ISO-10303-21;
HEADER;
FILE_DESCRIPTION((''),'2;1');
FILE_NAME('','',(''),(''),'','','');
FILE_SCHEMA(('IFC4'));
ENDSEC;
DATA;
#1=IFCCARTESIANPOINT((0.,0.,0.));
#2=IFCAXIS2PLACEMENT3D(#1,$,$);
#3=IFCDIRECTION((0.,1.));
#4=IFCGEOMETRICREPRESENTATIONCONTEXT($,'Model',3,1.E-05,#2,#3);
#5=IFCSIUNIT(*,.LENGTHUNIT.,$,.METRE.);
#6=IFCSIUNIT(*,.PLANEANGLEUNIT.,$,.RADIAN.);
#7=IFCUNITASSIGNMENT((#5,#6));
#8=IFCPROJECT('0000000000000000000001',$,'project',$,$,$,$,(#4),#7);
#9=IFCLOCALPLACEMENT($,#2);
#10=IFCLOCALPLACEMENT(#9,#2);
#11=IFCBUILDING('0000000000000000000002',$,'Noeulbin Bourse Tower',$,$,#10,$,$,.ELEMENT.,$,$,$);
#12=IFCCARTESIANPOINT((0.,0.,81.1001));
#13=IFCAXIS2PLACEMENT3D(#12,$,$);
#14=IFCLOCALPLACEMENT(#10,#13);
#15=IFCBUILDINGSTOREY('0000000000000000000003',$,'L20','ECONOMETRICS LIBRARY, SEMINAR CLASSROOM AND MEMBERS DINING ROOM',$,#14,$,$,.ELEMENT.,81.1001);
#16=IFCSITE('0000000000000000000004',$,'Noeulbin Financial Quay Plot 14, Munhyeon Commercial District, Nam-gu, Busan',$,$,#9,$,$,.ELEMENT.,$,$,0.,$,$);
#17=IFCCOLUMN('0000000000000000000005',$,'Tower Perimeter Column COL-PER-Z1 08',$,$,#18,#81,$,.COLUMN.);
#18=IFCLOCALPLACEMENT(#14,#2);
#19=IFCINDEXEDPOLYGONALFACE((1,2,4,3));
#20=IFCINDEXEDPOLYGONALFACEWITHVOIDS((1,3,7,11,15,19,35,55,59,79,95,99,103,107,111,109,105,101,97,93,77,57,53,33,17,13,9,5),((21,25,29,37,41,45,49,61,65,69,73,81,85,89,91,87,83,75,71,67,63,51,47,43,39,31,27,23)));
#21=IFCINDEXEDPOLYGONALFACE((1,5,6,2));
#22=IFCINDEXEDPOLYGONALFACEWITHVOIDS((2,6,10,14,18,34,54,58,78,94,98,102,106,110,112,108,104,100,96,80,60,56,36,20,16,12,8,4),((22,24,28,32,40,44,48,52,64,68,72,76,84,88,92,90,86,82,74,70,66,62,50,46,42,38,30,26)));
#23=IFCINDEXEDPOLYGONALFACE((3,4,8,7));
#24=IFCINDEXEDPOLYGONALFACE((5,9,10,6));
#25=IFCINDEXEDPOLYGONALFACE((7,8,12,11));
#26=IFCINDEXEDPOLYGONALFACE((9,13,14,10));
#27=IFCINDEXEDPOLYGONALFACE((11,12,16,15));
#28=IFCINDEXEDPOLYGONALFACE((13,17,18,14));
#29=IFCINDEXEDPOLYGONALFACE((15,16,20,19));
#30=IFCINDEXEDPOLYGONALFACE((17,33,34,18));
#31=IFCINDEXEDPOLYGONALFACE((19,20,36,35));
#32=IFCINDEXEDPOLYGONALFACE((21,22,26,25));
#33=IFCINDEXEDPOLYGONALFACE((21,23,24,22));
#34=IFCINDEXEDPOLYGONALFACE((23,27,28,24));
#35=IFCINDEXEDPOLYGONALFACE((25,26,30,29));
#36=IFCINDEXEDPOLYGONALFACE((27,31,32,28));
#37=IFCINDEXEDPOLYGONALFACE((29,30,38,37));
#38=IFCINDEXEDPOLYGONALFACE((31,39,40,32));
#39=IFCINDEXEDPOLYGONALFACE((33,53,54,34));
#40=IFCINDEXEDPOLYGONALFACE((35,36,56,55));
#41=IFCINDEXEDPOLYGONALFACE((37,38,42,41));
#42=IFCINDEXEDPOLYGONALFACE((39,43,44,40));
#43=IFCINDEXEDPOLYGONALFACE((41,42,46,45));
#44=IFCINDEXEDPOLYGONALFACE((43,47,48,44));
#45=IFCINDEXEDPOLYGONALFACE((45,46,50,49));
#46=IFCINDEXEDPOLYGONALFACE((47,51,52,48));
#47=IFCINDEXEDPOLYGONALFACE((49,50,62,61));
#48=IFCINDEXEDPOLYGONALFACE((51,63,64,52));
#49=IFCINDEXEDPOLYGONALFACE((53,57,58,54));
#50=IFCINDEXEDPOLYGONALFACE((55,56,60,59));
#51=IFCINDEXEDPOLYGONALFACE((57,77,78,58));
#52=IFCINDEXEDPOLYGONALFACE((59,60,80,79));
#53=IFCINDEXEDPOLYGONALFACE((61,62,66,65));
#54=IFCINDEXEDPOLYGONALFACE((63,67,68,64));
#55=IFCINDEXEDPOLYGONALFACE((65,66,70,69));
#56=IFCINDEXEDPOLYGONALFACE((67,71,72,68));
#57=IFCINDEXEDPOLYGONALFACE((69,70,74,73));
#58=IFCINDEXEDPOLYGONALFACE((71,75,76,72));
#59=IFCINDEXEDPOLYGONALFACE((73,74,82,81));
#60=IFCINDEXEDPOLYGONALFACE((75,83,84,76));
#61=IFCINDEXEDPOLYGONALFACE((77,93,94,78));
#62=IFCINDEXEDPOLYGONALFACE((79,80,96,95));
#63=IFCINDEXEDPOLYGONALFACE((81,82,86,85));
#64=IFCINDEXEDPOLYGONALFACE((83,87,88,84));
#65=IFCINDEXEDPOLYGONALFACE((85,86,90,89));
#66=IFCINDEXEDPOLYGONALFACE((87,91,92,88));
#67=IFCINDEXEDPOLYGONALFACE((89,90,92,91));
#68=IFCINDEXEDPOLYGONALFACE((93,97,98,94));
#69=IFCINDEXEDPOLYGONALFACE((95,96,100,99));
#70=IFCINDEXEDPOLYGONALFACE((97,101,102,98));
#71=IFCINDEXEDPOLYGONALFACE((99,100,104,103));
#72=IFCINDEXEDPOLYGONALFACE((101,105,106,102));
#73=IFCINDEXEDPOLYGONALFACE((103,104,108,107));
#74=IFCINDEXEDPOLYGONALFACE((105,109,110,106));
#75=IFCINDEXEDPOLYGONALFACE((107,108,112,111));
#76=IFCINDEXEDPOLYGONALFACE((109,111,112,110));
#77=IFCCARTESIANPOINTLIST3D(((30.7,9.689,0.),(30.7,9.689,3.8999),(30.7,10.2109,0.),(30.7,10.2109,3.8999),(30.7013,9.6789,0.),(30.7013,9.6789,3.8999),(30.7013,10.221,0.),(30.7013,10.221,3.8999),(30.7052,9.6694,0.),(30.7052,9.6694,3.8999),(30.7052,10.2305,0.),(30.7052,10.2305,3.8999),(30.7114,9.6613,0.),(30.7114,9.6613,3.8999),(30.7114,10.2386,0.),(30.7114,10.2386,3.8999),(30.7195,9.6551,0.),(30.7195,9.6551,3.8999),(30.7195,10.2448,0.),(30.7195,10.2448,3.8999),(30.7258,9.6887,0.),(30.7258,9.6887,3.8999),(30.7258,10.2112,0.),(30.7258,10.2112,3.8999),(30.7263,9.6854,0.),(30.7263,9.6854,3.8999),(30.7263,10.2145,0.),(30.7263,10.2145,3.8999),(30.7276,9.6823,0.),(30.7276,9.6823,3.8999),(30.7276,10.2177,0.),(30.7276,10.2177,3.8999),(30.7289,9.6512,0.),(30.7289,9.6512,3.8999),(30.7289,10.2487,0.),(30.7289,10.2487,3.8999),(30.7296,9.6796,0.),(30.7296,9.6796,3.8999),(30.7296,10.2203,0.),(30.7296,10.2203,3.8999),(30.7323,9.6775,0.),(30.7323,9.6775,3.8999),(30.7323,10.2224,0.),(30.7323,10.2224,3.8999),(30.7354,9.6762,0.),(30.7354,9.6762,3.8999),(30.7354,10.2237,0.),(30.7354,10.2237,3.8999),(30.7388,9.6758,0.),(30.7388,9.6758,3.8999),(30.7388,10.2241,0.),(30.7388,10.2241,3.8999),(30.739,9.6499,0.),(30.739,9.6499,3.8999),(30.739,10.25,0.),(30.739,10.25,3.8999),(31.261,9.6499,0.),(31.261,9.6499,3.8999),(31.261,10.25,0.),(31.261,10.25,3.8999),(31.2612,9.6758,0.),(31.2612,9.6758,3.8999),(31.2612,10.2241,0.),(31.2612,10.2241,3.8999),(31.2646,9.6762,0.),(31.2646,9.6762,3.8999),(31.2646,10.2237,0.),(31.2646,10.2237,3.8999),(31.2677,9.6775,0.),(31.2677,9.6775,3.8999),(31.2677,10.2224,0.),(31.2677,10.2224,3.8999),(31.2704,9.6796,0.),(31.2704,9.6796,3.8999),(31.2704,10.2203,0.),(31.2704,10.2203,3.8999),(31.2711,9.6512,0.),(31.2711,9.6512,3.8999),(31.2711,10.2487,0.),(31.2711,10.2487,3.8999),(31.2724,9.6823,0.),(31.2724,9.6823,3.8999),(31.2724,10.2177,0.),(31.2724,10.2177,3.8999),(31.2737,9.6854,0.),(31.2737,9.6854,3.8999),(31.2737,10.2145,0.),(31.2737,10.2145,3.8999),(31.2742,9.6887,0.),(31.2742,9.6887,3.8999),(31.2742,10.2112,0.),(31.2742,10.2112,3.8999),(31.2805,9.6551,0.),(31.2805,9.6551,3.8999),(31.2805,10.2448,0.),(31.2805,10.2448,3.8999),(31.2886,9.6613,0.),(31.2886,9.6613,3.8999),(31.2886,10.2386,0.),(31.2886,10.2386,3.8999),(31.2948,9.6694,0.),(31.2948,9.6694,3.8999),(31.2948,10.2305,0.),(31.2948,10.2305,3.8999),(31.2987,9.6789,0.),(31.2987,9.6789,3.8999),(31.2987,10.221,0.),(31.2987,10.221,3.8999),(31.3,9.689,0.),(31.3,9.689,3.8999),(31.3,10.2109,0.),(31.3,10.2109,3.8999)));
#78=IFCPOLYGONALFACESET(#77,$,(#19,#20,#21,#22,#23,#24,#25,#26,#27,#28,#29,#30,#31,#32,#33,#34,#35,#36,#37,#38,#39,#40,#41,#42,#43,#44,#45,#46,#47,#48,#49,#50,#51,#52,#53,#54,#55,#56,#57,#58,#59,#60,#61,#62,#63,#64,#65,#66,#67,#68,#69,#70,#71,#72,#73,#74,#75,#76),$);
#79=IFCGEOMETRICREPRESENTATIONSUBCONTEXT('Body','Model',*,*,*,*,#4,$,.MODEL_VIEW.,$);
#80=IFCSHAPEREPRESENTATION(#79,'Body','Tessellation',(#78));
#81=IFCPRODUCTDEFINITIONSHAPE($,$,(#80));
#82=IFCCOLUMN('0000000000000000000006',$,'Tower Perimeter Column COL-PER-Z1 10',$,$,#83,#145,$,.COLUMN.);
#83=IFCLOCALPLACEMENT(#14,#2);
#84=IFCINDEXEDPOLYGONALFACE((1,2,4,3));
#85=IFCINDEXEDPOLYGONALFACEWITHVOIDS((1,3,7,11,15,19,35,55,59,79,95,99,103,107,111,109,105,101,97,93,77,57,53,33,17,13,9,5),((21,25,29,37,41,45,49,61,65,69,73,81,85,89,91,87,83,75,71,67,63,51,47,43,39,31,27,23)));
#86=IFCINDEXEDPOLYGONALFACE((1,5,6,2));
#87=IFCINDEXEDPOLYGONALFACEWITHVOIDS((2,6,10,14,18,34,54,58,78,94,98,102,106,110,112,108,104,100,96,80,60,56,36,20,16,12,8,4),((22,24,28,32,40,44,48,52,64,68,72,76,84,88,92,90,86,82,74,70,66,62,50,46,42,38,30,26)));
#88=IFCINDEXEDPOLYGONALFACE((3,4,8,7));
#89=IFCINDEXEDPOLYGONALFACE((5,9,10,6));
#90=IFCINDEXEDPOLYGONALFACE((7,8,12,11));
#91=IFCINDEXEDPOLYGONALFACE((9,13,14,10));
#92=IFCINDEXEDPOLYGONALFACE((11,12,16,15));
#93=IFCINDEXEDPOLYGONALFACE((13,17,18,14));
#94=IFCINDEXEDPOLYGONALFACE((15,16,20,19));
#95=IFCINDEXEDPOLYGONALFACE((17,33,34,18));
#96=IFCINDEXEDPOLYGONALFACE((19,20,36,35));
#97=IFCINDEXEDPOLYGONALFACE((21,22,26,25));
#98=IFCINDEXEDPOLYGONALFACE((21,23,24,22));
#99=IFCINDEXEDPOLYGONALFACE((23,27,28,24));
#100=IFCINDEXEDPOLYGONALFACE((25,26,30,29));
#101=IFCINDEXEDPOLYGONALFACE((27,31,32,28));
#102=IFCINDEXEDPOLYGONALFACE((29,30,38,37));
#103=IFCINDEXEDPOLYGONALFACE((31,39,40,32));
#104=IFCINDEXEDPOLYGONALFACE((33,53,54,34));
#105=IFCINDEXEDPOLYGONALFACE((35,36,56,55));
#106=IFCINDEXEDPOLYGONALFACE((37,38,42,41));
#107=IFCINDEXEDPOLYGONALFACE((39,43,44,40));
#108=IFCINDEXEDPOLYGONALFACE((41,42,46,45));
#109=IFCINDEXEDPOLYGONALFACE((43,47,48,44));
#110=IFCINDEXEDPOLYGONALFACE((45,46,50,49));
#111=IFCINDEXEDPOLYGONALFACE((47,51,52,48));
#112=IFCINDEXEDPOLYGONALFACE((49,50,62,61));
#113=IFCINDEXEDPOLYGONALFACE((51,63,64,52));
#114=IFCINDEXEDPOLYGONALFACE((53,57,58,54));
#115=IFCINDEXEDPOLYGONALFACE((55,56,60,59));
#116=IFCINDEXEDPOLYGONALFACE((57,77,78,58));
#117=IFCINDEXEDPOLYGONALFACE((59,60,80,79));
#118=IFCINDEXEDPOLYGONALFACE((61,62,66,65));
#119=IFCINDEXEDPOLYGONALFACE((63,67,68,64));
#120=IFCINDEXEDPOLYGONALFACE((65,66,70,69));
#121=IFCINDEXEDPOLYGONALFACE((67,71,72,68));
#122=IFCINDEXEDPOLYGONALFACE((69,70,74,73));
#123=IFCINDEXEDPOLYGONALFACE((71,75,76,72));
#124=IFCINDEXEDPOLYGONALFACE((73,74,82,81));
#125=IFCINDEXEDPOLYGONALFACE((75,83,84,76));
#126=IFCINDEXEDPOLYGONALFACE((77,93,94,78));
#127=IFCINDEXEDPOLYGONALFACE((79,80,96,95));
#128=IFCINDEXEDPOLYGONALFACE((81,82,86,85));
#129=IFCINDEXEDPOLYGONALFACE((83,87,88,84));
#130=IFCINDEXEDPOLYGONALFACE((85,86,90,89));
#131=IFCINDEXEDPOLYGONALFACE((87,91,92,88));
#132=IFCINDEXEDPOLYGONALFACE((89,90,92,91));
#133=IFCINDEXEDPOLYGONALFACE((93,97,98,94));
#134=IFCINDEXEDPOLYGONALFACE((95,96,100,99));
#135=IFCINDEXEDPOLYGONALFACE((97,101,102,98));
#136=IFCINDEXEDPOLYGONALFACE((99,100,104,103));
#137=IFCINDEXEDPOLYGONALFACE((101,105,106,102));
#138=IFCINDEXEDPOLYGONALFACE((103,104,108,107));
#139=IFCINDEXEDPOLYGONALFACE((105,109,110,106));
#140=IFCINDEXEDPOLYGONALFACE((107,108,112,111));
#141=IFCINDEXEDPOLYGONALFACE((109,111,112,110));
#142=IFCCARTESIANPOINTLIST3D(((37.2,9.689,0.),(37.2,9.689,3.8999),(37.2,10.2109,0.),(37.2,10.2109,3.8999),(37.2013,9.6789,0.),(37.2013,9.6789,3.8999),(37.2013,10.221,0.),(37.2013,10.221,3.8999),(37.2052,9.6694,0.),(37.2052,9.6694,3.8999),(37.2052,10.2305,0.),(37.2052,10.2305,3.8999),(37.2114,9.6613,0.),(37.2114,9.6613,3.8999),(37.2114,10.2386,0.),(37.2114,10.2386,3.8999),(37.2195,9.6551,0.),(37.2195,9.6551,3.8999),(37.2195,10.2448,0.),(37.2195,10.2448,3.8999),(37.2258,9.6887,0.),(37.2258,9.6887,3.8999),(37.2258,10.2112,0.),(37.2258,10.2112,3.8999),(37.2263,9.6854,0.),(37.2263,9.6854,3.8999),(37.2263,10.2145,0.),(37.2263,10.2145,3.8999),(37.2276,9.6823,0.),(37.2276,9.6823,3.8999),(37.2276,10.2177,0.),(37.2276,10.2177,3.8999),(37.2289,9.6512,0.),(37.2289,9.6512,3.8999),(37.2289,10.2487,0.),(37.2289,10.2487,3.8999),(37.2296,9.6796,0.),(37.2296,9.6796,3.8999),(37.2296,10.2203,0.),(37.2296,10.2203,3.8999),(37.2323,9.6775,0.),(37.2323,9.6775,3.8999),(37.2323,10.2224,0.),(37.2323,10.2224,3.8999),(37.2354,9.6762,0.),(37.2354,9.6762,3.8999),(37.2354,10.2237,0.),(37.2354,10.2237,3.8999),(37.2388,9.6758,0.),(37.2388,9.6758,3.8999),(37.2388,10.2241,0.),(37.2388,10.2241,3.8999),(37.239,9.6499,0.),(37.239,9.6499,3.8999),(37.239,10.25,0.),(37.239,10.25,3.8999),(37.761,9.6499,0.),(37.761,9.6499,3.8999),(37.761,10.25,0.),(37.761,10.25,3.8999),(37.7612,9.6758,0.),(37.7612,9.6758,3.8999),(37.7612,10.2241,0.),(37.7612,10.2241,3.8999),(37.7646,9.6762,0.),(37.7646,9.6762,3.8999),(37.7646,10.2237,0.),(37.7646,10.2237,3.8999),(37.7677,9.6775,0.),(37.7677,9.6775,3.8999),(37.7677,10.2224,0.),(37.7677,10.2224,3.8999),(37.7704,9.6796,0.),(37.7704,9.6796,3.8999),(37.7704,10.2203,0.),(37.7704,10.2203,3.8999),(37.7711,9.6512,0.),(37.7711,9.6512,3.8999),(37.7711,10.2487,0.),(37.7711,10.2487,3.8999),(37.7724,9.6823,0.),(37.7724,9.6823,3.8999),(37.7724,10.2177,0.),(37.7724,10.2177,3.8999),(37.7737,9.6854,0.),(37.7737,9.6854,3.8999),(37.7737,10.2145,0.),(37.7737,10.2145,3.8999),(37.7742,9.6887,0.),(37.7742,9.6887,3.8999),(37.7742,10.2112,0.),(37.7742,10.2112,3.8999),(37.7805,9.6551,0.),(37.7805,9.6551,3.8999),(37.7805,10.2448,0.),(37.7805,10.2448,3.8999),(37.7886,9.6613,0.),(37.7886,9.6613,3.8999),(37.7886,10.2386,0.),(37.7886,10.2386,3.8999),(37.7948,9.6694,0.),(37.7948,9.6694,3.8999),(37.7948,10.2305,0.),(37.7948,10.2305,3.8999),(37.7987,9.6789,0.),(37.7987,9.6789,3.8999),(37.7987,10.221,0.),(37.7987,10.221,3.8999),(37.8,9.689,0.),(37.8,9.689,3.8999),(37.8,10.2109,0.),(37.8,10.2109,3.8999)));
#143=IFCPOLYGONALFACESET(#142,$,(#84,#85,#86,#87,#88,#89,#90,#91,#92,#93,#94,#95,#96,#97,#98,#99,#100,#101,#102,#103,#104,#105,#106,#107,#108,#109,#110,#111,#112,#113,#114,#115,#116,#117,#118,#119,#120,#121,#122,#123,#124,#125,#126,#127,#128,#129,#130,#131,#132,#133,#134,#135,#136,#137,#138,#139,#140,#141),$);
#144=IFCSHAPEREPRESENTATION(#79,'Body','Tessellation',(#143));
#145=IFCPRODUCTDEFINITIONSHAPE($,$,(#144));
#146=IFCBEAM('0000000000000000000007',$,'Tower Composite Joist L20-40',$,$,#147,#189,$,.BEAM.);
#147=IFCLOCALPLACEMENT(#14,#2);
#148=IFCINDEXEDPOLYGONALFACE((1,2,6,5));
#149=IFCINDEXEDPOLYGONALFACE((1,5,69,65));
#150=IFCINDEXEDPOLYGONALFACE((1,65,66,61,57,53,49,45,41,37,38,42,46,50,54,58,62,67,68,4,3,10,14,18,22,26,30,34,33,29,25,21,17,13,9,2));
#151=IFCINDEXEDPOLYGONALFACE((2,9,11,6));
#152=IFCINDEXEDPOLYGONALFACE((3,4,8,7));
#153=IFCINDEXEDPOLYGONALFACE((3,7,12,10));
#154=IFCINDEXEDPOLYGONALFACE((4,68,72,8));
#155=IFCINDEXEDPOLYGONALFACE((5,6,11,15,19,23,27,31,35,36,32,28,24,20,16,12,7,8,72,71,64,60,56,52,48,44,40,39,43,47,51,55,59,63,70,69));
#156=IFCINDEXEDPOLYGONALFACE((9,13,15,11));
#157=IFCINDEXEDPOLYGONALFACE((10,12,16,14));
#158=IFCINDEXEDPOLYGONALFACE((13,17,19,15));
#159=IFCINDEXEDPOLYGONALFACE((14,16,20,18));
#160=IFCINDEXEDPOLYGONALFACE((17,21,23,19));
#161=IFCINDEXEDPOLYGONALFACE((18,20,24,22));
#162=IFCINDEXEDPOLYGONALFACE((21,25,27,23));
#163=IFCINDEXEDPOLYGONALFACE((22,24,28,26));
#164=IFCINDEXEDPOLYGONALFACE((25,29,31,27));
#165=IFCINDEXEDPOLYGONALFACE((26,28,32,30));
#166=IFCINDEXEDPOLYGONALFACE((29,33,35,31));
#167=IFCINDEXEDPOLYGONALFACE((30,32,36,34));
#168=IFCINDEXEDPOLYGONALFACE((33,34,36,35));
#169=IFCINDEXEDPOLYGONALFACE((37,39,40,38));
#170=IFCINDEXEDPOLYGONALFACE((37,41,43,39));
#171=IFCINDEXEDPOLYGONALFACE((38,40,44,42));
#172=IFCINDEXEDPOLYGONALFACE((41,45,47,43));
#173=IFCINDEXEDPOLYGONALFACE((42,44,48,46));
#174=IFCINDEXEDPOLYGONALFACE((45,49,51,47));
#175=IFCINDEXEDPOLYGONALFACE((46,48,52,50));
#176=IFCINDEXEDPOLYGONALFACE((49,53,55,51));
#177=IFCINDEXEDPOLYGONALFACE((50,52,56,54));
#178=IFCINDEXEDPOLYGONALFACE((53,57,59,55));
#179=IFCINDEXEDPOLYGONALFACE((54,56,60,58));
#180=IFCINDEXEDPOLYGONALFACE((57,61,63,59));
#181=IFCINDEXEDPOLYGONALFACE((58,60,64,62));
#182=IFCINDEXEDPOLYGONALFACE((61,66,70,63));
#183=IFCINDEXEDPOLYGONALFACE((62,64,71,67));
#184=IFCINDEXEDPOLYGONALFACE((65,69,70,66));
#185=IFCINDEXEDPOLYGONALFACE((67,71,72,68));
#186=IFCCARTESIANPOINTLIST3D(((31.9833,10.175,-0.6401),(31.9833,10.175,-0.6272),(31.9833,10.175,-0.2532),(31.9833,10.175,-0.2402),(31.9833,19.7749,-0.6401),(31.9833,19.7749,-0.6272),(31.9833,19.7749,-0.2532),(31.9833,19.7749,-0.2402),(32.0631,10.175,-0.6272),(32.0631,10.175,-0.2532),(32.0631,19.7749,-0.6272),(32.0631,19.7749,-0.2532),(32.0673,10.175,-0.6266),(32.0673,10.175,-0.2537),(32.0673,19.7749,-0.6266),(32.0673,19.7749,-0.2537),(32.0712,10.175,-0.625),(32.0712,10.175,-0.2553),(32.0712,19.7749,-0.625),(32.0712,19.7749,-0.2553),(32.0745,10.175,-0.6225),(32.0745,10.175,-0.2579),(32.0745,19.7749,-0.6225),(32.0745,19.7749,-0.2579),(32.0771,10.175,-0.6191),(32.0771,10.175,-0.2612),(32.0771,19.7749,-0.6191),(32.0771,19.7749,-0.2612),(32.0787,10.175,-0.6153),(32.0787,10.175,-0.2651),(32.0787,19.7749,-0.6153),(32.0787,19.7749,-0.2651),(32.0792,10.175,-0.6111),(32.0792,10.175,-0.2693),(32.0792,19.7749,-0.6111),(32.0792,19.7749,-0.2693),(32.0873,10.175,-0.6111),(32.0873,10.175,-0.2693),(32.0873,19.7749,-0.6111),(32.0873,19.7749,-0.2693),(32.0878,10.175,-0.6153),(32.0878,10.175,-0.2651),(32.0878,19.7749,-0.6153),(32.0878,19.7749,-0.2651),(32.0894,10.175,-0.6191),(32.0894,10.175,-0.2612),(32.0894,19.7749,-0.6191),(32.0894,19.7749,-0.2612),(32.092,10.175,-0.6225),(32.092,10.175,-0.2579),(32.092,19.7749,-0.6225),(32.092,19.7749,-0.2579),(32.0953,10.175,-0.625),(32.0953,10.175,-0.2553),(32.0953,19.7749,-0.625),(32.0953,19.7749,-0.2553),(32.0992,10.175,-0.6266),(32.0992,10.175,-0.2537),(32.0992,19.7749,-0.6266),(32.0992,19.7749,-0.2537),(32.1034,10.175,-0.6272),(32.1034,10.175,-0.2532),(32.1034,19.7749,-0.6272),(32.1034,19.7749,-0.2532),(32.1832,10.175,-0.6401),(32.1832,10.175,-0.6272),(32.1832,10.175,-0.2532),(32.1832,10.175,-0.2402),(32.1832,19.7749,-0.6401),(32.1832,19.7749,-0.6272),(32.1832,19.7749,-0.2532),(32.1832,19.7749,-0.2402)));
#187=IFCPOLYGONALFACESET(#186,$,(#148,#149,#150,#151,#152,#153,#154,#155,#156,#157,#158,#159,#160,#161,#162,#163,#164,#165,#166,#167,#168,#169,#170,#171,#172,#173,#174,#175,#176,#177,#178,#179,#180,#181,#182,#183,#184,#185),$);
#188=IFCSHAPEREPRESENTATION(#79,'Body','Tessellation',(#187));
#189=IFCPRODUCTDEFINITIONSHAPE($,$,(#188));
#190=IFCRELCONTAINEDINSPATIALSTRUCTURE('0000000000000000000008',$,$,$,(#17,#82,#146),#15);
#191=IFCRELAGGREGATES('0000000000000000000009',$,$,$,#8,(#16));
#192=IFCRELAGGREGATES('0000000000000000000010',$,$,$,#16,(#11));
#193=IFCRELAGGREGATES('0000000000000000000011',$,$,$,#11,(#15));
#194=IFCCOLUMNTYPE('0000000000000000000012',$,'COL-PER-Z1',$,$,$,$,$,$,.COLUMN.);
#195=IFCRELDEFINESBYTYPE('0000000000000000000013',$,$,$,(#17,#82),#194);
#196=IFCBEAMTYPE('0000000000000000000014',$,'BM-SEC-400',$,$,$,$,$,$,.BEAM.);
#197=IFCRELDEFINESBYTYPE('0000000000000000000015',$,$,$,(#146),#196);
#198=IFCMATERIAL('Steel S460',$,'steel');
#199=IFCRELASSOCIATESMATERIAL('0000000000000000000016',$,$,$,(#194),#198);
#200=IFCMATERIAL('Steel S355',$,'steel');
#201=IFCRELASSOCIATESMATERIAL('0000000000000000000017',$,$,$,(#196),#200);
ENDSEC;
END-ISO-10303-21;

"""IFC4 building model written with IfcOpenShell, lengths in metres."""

from ifc_helpers import new_model, si_unit, direction, frame, origin, origin_2d, place, context, subcontext, project, spatial, hollow_rectangle, i_section, extrude, material, material_profile, profile_set, type_object, element, save


model = new_model("IFC4")

# Units and contexts
model_context = context("Model", 3, precision=1e-05, world=origin(), true_north=direction((0.0, 1.0)))
body_context = subcontext(model_context, "Body", "Model", "MODEL_VIEW")
ifc_project = project(units=[si_unit("LENGTHUNIT", "METRE"), si_unit("PLANEANGLEUNIT", "RADIAN")], contexts=[model_context])

# Site, building, storey
site_placement = place(None, origin())
site = spatial("IfcSite", under=ifc_project, at=site_placement, Name="Noeulbin Financial Quay Plot 14, Munhyeon Commercial District, Nam-gu, Busan", CompositionType="ELEMENT", RefElevation=0.0)
building_placement = place(site_placement, origin())
building = spatial("IfcBuilding", under=site, at=building_placement, Name="Noeulbin Bourse Tower", CompositionType="ELEMENT")
storey_placement = place(building_placement, frame((0.0, 0.0, 81.1001)))
storey = spatial("IfcBuildingStorey", under=building, at=storey_placement, Name="L20", Description="ECONOMETRICS LIBRARY, SEMINAR CLASSROOM AND MEMBERS DINING ROOM", CompositionType="ELEMENT", Elevation=81.1001)

# Columns
ifc_material_1 = material(Name="Steel S460", Category="steel")
ifc_material_profile_1 = material_profile(ifc_material_1, hollow_rectangle(XDim=0.6001, YDim=0.6001, WallThickness=0.0259, InnerFilletRadius=0.0129, OuterFilletRadius=0.0391, at=origin_2d()), Name="BOX-600x600x26", Category="LoadBearing")
ifc_profile_set_1 = profile_set([ifc_material_profile_1], Name="Steel S460")
column_type = type_object("IfcColumnType", Name="COL-PER-Z1", PredefinedType="COLUMN", material=ifc_profile_set_1)
for number, where, z_axis, x_axis, name in (
    (1, (31.0, 9.95, 0.0), (0.0, 0.0, 1.0), (1.0, 0.0, 0.0), "Tower Perimeter Column COL-PER-Z1 08"),
    (2, (37.5, 9.95, 0.0), (0.0, 0.0, 1.0), (1.0, 0.0, 0.0), "Tower Perimeter Column COL-PER-Z1 10"),
):
    element("IfcColumn", number, at=place(storey_placement, frame(where, z_axis=z_axis, x_axis=x_axis)), inside=storey, type_object=column_type, Name=name, PredefinedType="COLUMN", context=body_context, shape_type="SweptSolid", body=[
        extrude(hollow_rectangle(XDim=0.6001, YDim=0.6001, WallThickness=0.0259, InnerFilletRadius=0.0129, OuterFilletRadius=0.0391, at=origin_2d()), origin(), (0.0, 0.0, 1.0), 3.8999),
    ])

# Beam
ifc_material_2 = material(Name="Steel S355", Category="steel")
ifc_material_profile_2 = material_profile(ifc_material_2, i_section(OverallWidth=0.2, OverallDepth=0.3999, WebThickness=0.0081, FlangeThickness=0.0129, FilletRadius=0.0161, at=origin_2d()), Name="H-400x200x8x13", Category="LoadBearing")
ifc_profile_set_2 = profile_set([ifc_material_profile_2], Name="Steel S355")
beam_type_1 = type_object("IfcBeamType", Name="BM-SEC-400", PredefinedType="BEAM", material=ifc_profile_set_2)
for number, where, z_axis, x_axis, name in (
    (3, (32.0833, 10.175, -0.4402), (0.0, 1.0, 0.0), (-1.0, 0.0, 0.0), "Tower Composite Joist L20-40"),
):
    element("IfcBeam", number, at=place(storey_placement, frame(where, z_axis=z_axis, x_axis=x_axis)), inside=storey, type_object=beam_type_1, Name=name, PredefinedType="BEAM", context=body_context, shape_type="SweptSolid", body=[
        extrude(i_section(OverallWidth=0.2, OverallDepth=0.3999, WebThickness=0.0081, FlangeThickness=0.0129, FilletRadius=0.0161, at=origin_2d()), origin(), (0.0, 0.0, 1.0), 9.5999),
    ])

save(model, "model.ifc")
